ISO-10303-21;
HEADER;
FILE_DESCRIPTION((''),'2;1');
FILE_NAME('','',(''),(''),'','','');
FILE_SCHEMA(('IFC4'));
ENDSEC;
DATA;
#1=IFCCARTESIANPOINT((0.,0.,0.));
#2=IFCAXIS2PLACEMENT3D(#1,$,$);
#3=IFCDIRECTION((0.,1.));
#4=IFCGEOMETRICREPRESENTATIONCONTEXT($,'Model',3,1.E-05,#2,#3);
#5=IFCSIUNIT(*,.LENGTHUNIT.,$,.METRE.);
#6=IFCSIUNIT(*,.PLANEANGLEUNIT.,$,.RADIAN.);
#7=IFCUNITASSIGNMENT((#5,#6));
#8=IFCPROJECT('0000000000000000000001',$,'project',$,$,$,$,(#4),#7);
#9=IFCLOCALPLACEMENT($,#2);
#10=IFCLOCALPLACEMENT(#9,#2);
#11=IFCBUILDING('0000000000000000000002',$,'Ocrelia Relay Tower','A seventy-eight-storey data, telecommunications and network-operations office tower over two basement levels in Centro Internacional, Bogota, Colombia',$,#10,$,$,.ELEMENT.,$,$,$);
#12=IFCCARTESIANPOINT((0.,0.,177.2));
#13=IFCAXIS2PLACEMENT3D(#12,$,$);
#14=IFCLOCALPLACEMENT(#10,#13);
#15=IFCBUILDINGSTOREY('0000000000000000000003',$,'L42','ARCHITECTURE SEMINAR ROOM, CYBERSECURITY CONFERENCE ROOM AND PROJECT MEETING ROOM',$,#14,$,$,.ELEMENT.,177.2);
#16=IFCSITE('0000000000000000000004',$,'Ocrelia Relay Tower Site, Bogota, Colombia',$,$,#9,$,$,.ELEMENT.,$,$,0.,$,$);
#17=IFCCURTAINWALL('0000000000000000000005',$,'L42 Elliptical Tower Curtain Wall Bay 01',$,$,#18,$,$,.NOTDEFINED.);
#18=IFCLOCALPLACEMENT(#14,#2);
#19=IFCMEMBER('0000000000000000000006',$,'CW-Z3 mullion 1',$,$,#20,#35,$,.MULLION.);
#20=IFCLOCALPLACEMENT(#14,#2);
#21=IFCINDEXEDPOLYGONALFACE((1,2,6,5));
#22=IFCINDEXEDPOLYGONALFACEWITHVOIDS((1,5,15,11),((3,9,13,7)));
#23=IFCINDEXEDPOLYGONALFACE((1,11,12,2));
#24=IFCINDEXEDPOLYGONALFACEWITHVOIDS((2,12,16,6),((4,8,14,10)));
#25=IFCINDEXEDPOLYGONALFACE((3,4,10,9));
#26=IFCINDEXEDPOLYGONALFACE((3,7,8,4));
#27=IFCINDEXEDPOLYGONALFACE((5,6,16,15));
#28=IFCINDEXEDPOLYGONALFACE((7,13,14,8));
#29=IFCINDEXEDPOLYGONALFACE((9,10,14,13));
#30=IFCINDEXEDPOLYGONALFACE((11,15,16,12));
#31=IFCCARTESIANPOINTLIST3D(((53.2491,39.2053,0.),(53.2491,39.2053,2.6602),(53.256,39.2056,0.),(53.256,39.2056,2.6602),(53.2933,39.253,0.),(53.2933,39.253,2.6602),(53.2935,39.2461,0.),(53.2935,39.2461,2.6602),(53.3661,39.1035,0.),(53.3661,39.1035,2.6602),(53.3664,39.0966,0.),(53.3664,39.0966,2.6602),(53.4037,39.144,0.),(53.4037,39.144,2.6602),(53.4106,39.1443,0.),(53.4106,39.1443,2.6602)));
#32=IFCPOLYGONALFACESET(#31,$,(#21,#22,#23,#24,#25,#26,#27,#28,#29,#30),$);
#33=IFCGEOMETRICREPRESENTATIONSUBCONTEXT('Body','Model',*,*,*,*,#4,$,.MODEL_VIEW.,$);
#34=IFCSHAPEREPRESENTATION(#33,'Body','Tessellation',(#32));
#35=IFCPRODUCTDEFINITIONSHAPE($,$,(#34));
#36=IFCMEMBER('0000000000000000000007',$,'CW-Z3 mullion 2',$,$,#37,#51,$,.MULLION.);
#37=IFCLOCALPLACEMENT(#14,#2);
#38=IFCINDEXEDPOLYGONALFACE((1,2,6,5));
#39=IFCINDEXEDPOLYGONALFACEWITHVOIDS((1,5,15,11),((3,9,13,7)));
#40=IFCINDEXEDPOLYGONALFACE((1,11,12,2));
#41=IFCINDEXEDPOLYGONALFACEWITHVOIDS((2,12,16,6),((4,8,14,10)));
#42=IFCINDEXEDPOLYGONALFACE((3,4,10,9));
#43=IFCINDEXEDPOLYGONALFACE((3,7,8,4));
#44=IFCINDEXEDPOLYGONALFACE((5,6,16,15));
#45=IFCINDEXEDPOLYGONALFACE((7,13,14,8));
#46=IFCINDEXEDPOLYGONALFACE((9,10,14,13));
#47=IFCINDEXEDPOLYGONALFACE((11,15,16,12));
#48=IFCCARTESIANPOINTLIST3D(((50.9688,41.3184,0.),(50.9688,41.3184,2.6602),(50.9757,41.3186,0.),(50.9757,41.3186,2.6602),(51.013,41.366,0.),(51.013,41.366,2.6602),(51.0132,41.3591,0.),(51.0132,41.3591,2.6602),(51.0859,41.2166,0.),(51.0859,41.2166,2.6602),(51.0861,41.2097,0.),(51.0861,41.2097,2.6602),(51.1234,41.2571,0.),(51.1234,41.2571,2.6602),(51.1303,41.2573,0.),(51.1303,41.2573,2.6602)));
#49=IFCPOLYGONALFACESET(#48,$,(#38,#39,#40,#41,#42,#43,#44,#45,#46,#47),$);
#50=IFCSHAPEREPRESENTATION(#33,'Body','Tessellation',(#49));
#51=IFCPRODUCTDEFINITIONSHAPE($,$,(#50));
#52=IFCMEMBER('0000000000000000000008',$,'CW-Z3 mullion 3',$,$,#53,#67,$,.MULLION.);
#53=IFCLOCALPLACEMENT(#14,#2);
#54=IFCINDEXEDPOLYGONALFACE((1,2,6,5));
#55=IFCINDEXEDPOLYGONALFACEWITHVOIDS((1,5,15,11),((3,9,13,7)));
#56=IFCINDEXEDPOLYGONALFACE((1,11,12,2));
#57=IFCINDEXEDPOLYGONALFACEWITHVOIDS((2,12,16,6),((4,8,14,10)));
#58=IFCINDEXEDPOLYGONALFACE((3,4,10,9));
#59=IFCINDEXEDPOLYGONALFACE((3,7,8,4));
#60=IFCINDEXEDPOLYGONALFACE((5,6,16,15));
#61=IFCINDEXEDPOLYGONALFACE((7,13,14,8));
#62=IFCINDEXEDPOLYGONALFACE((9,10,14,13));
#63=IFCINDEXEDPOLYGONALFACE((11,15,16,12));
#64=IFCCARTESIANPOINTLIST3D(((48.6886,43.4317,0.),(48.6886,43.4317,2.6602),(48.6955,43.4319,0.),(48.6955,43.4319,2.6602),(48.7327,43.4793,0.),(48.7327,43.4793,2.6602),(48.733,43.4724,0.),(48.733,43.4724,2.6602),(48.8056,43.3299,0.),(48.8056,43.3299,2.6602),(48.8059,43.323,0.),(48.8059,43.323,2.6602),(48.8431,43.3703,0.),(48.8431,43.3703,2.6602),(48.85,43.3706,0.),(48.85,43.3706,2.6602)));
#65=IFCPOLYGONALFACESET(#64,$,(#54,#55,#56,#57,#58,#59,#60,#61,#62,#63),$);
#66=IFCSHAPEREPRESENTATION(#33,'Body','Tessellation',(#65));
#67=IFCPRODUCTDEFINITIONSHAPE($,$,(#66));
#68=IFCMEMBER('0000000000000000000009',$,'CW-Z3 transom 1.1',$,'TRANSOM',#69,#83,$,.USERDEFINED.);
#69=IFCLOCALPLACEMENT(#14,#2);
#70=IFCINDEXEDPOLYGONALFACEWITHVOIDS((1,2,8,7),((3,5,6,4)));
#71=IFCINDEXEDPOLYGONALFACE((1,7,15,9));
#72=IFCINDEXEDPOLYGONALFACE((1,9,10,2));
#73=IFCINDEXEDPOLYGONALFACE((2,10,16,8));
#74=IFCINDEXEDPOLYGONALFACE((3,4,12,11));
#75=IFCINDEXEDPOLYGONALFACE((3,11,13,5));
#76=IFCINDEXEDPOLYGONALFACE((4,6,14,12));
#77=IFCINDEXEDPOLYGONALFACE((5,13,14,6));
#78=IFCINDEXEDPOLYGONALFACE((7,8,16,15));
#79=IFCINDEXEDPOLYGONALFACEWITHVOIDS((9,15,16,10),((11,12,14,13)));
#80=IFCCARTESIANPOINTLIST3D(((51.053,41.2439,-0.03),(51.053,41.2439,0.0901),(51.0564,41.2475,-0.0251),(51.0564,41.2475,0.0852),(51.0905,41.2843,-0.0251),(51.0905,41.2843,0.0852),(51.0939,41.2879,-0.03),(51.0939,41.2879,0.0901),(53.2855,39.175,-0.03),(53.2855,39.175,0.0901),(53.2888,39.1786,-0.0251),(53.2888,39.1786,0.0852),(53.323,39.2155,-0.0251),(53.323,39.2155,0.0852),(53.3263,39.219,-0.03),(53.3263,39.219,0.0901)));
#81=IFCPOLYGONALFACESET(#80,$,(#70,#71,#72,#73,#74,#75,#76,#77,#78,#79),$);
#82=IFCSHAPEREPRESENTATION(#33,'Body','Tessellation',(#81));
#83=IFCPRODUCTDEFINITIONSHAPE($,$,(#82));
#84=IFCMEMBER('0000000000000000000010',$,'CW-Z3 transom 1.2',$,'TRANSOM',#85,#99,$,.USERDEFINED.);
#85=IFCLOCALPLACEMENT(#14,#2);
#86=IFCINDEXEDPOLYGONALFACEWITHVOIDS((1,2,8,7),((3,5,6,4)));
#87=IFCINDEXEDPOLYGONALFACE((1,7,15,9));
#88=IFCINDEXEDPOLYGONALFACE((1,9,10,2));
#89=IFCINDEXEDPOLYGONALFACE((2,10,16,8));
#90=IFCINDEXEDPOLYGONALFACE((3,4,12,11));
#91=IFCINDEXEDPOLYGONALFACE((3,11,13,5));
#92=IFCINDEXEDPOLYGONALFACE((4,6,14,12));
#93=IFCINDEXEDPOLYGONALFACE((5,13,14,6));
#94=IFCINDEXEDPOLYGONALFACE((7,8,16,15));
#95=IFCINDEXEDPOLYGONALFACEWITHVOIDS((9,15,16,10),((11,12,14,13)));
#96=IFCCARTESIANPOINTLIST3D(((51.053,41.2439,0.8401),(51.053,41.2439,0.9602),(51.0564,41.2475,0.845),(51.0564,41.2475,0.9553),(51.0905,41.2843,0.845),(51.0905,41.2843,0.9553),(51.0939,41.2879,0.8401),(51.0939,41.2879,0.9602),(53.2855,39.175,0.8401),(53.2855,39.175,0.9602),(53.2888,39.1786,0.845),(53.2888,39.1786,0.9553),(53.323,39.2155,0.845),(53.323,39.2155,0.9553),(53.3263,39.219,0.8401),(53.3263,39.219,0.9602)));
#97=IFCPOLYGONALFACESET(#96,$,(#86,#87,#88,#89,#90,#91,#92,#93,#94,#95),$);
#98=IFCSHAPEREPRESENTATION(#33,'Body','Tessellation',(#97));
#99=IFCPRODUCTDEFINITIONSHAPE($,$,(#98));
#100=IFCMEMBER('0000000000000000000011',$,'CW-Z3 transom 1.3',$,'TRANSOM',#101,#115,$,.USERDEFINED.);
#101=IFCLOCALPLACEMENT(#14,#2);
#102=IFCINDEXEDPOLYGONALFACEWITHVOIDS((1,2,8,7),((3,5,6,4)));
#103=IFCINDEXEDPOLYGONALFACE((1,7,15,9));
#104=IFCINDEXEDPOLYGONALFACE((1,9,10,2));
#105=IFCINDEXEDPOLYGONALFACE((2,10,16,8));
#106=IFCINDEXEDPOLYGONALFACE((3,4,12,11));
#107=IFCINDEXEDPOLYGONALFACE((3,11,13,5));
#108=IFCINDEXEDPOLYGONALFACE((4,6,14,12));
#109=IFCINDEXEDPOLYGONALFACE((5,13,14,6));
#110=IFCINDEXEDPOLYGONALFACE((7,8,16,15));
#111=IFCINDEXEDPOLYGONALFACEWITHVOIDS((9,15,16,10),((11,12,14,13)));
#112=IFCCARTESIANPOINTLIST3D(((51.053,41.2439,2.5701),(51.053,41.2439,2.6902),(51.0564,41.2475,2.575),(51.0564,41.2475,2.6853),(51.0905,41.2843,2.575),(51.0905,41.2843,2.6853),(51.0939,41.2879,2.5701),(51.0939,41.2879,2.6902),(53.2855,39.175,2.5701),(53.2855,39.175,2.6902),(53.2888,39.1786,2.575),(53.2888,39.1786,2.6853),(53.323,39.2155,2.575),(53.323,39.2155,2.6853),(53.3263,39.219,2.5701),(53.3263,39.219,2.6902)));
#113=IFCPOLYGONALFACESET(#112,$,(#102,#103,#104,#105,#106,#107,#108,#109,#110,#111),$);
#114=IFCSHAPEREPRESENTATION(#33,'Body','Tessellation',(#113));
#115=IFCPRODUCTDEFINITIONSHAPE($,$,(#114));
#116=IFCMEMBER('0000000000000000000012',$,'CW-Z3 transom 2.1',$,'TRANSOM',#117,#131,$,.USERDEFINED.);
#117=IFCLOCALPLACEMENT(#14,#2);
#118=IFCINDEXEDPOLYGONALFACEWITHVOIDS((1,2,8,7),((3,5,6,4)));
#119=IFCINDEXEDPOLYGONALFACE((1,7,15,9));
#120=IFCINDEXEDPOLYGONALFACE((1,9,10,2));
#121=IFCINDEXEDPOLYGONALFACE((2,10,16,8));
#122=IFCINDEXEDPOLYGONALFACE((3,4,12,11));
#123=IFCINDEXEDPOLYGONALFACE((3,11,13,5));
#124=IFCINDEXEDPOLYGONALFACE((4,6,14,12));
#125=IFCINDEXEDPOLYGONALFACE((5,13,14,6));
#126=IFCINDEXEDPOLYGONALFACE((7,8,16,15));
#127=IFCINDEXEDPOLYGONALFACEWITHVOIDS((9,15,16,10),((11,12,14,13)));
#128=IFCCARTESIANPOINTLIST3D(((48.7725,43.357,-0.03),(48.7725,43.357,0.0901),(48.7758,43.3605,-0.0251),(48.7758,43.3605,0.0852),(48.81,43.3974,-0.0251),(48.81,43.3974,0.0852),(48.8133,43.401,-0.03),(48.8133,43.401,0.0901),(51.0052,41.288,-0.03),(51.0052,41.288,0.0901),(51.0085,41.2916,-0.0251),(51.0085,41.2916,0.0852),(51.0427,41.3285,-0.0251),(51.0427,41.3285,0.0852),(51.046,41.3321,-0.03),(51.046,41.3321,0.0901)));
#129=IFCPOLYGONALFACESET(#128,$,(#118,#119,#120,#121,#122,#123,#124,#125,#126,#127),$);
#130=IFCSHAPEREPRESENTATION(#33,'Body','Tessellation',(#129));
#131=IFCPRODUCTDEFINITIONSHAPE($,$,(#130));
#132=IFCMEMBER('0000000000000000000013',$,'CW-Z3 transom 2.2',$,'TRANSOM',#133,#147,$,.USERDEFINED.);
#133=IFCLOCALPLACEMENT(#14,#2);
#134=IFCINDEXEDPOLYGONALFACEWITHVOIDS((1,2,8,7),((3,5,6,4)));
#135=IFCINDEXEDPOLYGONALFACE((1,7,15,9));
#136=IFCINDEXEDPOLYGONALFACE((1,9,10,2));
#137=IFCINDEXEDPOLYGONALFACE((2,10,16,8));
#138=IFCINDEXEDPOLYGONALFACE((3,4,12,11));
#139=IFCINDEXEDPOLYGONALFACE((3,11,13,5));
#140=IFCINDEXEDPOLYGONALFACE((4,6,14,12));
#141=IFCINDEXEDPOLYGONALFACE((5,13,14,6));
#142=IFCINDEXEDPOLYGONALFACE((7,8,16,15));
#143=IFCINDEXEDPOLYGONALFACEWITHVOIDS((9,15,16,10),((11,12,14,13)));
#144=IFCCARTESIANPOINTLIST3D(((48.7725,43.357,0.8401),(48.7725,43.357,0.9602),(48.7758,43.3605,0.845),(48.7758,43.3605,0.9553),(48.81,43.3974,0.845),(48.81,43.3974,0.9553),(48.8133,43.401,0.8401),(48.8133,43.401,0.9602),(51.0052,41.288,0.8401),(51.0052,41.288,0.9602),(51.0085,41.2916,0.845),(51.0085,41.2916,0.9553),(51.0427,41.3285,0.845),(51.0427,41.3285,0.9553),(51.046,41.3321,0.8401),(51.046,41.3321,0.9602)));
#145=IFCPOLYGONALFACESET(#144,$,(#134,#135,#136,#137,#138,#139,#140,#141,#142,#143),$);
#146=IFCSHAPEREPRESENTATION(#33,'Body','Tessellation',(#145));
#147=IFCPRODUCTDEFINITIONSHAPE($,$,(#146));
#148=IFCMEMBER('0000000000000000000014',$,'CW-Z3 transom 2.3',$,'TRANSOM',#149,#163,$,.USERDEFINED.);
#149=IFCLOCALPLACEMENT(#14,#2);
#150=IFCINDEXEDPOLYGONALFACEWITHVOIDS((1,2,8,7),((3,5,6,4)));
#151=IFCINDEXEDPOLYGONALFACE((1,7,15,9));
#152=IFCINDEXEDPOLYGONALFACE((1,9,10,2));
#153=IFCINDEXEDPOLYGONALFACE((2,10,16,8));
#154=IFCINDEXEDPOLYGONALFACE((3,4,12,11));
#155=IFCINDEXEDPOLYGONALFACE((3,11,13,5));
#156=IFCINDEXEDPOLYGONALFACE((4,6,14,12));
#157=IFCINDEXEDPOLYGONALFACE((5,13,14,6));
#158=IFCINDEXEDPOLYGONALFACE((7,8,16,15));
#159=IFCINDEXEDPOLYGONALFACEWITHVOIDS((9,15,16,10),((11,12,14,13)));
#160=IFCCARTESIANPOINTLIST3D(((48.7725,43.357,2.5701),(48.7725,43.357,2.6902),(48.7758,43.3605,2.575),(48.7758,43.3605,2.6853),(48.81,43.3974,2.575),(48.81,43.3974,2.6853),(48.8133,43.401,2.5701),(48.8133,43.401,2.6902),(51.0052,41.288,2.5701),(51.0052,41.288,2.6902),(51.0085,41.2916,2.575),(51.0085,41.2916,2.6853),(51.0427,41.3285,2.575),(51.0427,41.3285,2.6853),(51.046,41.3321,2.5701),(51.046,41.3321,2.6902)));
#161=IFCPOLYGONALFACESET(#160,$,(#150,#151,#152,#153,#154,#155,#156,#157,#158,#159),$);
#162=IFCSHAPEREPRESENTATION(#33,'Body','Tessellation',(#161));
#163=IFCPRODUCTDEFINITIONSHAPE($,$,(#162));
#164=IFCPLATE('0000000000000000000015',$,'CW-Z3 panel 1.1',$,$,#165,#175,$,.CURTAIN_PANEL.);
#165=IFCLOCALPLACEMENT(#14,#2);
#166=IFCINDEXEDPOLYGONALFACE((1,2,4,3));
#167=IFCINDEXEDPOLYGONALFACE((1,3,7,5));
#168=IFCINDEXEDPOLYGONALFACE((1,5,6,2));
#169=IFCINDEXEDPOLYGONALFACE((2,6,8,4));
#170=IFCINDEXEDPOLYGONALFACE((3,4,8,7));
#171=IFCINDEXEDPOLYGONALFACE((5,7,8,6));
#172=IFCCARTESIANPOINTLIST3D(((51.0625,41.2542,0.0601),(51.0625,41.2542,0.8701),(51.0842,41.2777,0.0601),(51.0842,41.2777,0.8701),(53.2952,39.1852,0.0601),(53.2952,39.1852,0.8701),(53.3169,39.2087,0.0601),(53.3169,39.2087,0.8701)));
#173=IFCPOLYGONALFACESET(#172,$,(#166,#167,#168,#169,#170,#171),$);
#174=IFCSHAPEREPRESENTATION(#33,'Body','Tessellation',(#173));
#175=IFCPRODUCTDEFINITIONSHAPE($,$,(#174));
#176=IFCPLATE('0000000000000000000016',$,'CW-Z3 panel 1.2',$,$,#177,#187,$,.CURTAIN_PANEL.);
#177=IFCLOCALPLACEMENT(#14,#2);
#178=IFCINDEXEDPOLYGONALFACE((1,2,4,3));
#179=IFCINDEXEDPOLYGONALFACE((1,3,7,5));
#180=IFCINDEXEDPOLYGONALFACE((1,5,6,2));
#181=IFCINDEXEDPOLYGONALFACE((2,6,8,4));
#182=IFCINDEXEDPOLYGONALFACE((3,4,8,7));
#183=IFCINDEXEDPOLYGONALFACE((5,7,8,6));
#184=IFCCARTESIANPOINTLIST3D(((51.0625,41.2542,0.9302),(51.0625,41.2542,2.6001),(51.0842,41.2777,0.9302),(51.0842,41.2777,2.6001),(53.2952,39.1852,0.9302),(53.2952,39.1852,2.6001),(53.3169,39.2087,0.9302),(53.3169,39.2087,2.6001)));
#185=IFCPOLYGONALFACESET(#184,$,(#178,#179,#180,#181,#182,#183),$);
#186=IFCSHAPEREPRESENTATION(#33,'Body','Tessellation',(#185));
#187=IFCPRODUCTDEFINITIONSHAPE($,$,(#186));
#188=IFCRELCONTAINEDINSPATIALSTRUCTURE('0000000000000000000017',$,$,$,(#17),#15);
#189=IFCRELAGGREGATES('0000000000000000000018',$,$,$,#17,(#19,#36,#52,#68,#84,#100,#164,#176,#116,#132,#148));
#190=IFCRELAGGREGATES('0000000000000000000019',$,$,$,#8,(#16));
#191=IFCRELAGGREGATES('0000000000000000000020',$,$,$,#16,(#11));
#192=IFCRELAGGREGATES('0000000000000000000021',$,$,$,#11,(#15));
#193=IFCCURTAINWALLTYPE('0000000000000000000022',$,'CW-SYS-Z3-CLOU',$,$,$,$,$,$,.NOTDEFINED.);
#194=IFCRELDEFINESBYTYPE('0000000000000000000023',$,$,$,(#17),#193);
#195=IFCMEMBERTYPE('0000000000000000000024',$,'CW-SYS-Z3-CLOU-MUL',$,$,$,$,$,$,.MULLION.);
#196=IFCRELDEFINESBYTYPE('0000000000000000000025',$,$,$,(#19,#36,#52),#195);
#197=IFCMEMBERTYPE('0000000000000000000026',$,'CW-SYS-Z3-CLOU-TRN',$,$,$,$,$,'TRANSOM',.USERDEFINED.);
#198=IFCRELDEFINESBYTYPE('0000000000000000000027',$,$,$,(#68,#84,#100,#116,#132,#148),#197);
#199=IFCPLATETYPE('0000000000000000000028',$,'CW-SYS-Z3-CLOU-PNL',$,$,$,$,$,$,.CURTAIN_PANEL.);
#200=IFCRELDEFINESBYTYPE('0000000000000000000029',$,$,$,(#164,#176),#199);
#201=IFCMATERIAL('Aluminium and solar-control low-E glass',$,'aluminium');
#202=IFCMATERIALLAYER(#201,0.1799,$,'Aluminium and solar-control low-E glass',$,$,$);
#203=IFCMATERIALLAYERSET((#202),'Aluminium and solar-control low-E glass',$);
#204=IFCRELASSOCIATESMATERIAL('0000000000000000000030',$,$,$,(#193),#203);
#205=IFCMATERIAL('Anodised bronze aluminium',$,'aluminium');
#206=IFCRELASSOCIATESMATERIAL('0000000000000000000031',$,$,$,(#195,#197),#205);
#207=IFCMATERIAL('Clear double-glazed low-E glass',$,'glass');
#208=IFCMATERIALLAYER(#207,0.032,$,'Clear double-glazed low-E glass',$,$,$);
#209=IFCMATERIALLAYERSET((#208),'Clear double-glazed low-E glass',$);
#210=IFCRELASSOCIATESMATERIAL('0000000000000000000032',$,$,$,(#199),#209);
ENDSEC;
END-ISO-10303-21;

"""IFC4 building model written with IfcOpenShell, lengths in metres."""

from ifc_helpers import new_model, si_unit, direction, frame, origin, origin_2d, place, context, subcontext, project, spatial, rectangle, hollow_rectangle, extrude, material, layer, layer_set, material_profile, profile_set, type_object, element, aggregate, save


model = new_model("IFC4")

# Units and contexts
model_context = context("Model", 3, precision=1e-05, world=origin(), true_north=direction((0.0, 1.0)))
body_context = subcontext(model_context, "Body", "Model", "MODEL_VIEW")
ifc_project = project(units=[si_unit("LENGTHUNIT", "METRE"), si_unit("PLANEANGLEUNIT", "RADIAN")], contexts=[model_context])

# Site, building, storey
site_placement = place(None, origin())
site = spatial("IfcSite", under=ifc_project, at=site_placement, Name="Ocrelia Relay Tower Site, Bogota, Colombia", CompositionType="ELEMENT", RefElevation=0.0)
building_placement = place(site_placement, origin())
building = spatial("IfcBuilding", under=site, at=building_placement, Name="Ocrelia Relay Tower", Description="A seventy-eight-storey data, telecommunications and network-operations office tower over two basement levels in Centro Internacional, Bogota, Colombia", CompositionType="ELEMENT")
storey_placement = place(building_placement, frame((0.0, 0.0, 177.2)))
storey = spatial("IfcBuildingStorey", under=building, at=storey_placement, Name="L42", Description="ARCHITECTURE SEMINAR ROOM, CYBERSECURITY CONFERENCE ROOM AND PROJECT MEETING ROOM", CompositionType="ELEMENT", Elevation=177.2)

# Curtain wall, members, plates
ifc_material_1 = material(Name="Aluminium and solar-control low-E glass", Category="aluminium")
ifc_layer_1 = layer(ifc_material_1, 0.1799, Name="Aluminium and solar-control low-E glass")
ifc_layer_set_1 = layer_set([ifc_layer_1], Name="Aluminium and solar-control low-E glass")
curtain_wall_type = type_object("IfcCurtainWallType", Name="CW-SYS-Z3-CLOU", PredefinedType="NOTDEFINED", material=ifc_layer_set_1)
curtain_wall_placement = place(storey_placement, origin())
curtain_wall = element("IfcCurtainWall", 1, at=curtain_wall_placement, inside=storey, type_object=curtain_wall_type, Name="L42 Elliptical Tower Curtain Wall Bay 01", PredefinedType="NOTDEFINED")
ifc_material_2 = material(Name="Anodised bronze aluminium", Category="aluminium")
ifc_material_profile_1 = material_profile(ifc_material_2, hollow_rectangle(XDim=0.0649, YDim=0.1599, WallThickness=0.0049, at=origin_2d()), Name="CW-MUL-160x65")
ifc_profile_set_1 = profile_set([ifc_material_profile_1], Name="Anodised bronze aluminium")
member_type_1 = type_object("IfcMemberType", Name="CW-SYS-Z3-CLOU-MUL", PredefinedType="MULLION", material=ifc_profile_set_1)
member_1_placement = place(storey_placement, frame((53.3298, 39.1748, 0.0), z_axis=(0.0, 0.0, 1.0), x_axis=(-0.679696, -0.733494, 0.0)))
member_1 = element("IfcMember", 2, at=member_1_placement, type_object=member_type_1, Name="CW-Z3 mullion 1", PredefinedType="MULLION", context=body_context, shape_type="SweptSolid", body=[
    extrude(hollow_rectangle(XDim=0.0649, YDim=0.1599, WallThickness=0.0049, at=origin_2d()), origin(), (0.0, 0.0, 1.0), 2.6602),
])
member_2_placement = place(storey_placement, frame((51.0496, 41.2878, 0.0), z_axis=(0.0, 0.0, 1.0), x_axis=(-0.679696, -0.733494, 0.0)))
member_2 = element("IfcMember", 3, at=member_2_placement, type_object=member_type_1, Name="CW-Z3 mullion 2", PredefinedType="MULLION", context=body_context, shape_type="SweptSolid", body=[
    extrude(hollow_rectangle(XDim=0.0649, YDim=0.1599, WallThickness=0.0049, at=origin_2d()), origin(), (0.0, 0.0, 1.0), 2.6602),
])
member_3_placement = place(storey_placement, frame((48.7693, 43.4011, 0.0), z_axis=(0.0, 0.0, 1.0), x_axis=(-0.679696, -0.733494, 0.0)))
member_3 = element("IfcMember", 4, at=member_3_placement, type_object=member_type_1, Name="CW-Z3 mullion 3", PredefinedType="MULLION", context=body_context, shape_type="SweptSolid", body=[
    extrude(hollow_rectangle(XDim=0.0649, YDim=0.1599, WallThickness=0.0049, at=origin_2d()), origin(), (0.0, 0.0, 1.0), 2.6602),
])
ifc_material_profile_2 = material_profile(ifc_material_2, hollow_rectangle(XDim=0.0601, YDim=0.1201, WallThickness=0.0049, at=origin_2d()), Name="CW-TRN-120x60")
ifc_profile_set_2 = profile_set([ifc_material_profile_2], Name="Anodised bronze aluminium")
member_type_2 = type_object("IfcMemberType", Name="CW-SYS-Z3-CLOU-TRN", ElementType="TRANSOM", PredefinedType="USERDEFINED", material=ifc_profile_set_2)
member_4_placement = place(storey_placement, frame((53.3059, 39.197, 0.03), z_axis=(-0.733467, 0.679725, 0.0), x_axis=(-0.679725, -0.733467, 0.0)))
member_4 = element("IfcMember", 5, at=member_4_placement, type_object=member_type_2, Name="CW-Z3 transom 1.1", ObjectType="TRANSOM", PredefinedType="USERDEFINED", context=body_context, shape_type="SweptSolid", body=[
    extrude(hollow_rectangle(XDim=0.0601, YDim=0.1201, WallThickness=0.0049, at=origin_2d()), origin(), (0.0, 0.0, 1.0), 3.0437),
])
member_5_placement = place(storey_placement, frame((53.3059, 39.197, 0.9001), z_axis=(-0.733467, 0.679725, 0.0), x_axis=(-0.679725, -0.733467, 0.0)))
member_5 = element("IfcMember", 6, at=member_5_placement, type_object=member_type_2, Name="CW-Z3 transom 1.2", ObjectType="TRANSOM", PredefinedType="USERDEFINED", context=body_context, shape_type="SweptSolid", body=[
    extrude(hollow_rectangle(XDim=0.0601, YDim=0.1201, WallThickness=0.0049, at=origin_2d()), origin(), (0.0, 0.0, 1.0), 3.0437),
])
member_6_placement = place(storey_placement, frame((53.3059, 39.197, 2.6301), z_axis=(-0.733467, 0.679725, 0.0), x_axis=(-0.679725, -0.733467, 0.0)))
member_6 = element("IfcMember", 7, at=member_6_placement, type_object=member_type_2, Name="CW-Z3 transom 1.3", ObjectType="TRANSOM", PredefinedType="USERDEFINED", context=body_context, shape_type="SweptSolid", body=[
    extrude(hollow_rectangle(XDim=0.0601, YDim=0.1201, WallThickness=0.0049, at=origin_2d()), origin(), (0.0, 0.0, 1.0), 3.0437),
])
member_7_placement = place(storey_placement, frame((51.0256, 41.3101, 0.03), z_axis=(-0.733504, 0.679685, 0.0), x_axis=(-0.679685, -0.733504, 0.0)))
member_7 = element("IfcMember", 8, at=member_7_placement, type_object=member_type_2, Name="CW-Z3 transom 2.1", ObjectType="TRANSOM", PredefinedType="USERDEFINED", context=body_context, shape_type="SweptSolid", body=[
    extrude(hollow_rectangle(XDim=0.0601, YDim=0.1201, WallThickness=0.0049, at=origin_2d()), origin(), (0.0, 0.0, 1.0), 3.0439),
])
member_8_placement = place(storey_placement, frame((51.0256, 41.3101, 0.9001), z_axis=(-0.733504, 0.679685, 0.0), x_axis=(-0.679685, -0.733504, 0.0)))
member_8 = element("IfcMember", 9, at=member_8_placement, type_object=member_type_2, Name="CW-Z3 transom 2.2", ObjectType="TRANSOM", PredefinedType="USERDEFINED", context=body_context, shape_type="SweptSolid", body=[
    extrude(hollow_rectangle(XDim=0.0601, YDim=0.1201, WallThickness=0.0049, at=origin_2d()), origin(), (0.0, 0.0, 1.0), 3.0439),
])
member_9_placement = place(storey_placement, frame((51.0256, 41.3101, 2.6301), z_axis=(-0.733504, 0.679685, 0.0), x_axis=(-0.679685, -0.733504, 0.0)))
member_9 = element("IfcMember", 10, at=member_9_placement, type_object=member_type_2, Name="CW-Z3 transom 2.3", ObjectType="TRANSOM", PredefinedType="USERDEFINED", context=body_context, shape_type="SweptSolid", body=[
    extrude(hollow_rectangle(XDim=0.0601, YDim=0.1201, WallThickness=0.0049, at=origin_2d()), origin(), (0.0, 0.0, 1.0), 3.0439),
])
ifc_material_3 = material(Name="Clear double-glazed low-E glass", Category="glass")
ifc_layer_2 = layer(ifc_material_3, 0.032, Name="Clear double-glazed low-E glass")
ifc_layer_set_2 = layer_set([ifc_layer_2], Name="Clear double-glazed low-E glass")
plate_type = type_object("IfcPlateType", Name="CW-SYS-Z3-CLOU-PNL", PredefinedType="CURTAIN_PANEL", material=ifc_layer_set_2)
plate_1_placement = place(storey_placement, frame((52.1897, 40.2314, 0.0601), z_axis=(0.0, 0.0, 1.0), x_axis=(-0.733494, 0.679696, 0.0)))
plate_1 = element("IfcPlate", 11, at=plate_1_placement, type_object=plate_type, Name="CW-Z3 panel 1.1", PredefinedType="CURTAIN_PANEL", context=body_context, shape_type="SweptSolid", body=[
    extrude(rectangle(XDim=3.0439, YDim=0.032, at=origin_2d()), origin(), (0.0, 0.0, 1.0), 0.8101),
])
plate_2_placement = place(storey_placement, frame((52.1897, 40.2314, 0.9302), z_axis=(0.0, 0.0, 1.0), x_axis=(-0.733494, 0.679696, 0.0)))
plate_2 = element("IfcPlate", 12, at=plate_2_placement, type_object=plate_type, Name="CW-Z3 panel 1.2", PredefinedType="CURTAIN_PANEL", context=body_context, shape_type="SweptSolid", body=[
    extrude(rectangle(XDim=3.0439, YDim=0.032, at=origin_2d()), origin(), (0.0, 0.0, 1.0), 1.6699),
])
aggregate(curtain_wall, [member_1, member_2, member_3, member_4, member_5, member_6, plate_1, plate_2, member_7, member_8, member_9])

save(model, "model.ifc")
